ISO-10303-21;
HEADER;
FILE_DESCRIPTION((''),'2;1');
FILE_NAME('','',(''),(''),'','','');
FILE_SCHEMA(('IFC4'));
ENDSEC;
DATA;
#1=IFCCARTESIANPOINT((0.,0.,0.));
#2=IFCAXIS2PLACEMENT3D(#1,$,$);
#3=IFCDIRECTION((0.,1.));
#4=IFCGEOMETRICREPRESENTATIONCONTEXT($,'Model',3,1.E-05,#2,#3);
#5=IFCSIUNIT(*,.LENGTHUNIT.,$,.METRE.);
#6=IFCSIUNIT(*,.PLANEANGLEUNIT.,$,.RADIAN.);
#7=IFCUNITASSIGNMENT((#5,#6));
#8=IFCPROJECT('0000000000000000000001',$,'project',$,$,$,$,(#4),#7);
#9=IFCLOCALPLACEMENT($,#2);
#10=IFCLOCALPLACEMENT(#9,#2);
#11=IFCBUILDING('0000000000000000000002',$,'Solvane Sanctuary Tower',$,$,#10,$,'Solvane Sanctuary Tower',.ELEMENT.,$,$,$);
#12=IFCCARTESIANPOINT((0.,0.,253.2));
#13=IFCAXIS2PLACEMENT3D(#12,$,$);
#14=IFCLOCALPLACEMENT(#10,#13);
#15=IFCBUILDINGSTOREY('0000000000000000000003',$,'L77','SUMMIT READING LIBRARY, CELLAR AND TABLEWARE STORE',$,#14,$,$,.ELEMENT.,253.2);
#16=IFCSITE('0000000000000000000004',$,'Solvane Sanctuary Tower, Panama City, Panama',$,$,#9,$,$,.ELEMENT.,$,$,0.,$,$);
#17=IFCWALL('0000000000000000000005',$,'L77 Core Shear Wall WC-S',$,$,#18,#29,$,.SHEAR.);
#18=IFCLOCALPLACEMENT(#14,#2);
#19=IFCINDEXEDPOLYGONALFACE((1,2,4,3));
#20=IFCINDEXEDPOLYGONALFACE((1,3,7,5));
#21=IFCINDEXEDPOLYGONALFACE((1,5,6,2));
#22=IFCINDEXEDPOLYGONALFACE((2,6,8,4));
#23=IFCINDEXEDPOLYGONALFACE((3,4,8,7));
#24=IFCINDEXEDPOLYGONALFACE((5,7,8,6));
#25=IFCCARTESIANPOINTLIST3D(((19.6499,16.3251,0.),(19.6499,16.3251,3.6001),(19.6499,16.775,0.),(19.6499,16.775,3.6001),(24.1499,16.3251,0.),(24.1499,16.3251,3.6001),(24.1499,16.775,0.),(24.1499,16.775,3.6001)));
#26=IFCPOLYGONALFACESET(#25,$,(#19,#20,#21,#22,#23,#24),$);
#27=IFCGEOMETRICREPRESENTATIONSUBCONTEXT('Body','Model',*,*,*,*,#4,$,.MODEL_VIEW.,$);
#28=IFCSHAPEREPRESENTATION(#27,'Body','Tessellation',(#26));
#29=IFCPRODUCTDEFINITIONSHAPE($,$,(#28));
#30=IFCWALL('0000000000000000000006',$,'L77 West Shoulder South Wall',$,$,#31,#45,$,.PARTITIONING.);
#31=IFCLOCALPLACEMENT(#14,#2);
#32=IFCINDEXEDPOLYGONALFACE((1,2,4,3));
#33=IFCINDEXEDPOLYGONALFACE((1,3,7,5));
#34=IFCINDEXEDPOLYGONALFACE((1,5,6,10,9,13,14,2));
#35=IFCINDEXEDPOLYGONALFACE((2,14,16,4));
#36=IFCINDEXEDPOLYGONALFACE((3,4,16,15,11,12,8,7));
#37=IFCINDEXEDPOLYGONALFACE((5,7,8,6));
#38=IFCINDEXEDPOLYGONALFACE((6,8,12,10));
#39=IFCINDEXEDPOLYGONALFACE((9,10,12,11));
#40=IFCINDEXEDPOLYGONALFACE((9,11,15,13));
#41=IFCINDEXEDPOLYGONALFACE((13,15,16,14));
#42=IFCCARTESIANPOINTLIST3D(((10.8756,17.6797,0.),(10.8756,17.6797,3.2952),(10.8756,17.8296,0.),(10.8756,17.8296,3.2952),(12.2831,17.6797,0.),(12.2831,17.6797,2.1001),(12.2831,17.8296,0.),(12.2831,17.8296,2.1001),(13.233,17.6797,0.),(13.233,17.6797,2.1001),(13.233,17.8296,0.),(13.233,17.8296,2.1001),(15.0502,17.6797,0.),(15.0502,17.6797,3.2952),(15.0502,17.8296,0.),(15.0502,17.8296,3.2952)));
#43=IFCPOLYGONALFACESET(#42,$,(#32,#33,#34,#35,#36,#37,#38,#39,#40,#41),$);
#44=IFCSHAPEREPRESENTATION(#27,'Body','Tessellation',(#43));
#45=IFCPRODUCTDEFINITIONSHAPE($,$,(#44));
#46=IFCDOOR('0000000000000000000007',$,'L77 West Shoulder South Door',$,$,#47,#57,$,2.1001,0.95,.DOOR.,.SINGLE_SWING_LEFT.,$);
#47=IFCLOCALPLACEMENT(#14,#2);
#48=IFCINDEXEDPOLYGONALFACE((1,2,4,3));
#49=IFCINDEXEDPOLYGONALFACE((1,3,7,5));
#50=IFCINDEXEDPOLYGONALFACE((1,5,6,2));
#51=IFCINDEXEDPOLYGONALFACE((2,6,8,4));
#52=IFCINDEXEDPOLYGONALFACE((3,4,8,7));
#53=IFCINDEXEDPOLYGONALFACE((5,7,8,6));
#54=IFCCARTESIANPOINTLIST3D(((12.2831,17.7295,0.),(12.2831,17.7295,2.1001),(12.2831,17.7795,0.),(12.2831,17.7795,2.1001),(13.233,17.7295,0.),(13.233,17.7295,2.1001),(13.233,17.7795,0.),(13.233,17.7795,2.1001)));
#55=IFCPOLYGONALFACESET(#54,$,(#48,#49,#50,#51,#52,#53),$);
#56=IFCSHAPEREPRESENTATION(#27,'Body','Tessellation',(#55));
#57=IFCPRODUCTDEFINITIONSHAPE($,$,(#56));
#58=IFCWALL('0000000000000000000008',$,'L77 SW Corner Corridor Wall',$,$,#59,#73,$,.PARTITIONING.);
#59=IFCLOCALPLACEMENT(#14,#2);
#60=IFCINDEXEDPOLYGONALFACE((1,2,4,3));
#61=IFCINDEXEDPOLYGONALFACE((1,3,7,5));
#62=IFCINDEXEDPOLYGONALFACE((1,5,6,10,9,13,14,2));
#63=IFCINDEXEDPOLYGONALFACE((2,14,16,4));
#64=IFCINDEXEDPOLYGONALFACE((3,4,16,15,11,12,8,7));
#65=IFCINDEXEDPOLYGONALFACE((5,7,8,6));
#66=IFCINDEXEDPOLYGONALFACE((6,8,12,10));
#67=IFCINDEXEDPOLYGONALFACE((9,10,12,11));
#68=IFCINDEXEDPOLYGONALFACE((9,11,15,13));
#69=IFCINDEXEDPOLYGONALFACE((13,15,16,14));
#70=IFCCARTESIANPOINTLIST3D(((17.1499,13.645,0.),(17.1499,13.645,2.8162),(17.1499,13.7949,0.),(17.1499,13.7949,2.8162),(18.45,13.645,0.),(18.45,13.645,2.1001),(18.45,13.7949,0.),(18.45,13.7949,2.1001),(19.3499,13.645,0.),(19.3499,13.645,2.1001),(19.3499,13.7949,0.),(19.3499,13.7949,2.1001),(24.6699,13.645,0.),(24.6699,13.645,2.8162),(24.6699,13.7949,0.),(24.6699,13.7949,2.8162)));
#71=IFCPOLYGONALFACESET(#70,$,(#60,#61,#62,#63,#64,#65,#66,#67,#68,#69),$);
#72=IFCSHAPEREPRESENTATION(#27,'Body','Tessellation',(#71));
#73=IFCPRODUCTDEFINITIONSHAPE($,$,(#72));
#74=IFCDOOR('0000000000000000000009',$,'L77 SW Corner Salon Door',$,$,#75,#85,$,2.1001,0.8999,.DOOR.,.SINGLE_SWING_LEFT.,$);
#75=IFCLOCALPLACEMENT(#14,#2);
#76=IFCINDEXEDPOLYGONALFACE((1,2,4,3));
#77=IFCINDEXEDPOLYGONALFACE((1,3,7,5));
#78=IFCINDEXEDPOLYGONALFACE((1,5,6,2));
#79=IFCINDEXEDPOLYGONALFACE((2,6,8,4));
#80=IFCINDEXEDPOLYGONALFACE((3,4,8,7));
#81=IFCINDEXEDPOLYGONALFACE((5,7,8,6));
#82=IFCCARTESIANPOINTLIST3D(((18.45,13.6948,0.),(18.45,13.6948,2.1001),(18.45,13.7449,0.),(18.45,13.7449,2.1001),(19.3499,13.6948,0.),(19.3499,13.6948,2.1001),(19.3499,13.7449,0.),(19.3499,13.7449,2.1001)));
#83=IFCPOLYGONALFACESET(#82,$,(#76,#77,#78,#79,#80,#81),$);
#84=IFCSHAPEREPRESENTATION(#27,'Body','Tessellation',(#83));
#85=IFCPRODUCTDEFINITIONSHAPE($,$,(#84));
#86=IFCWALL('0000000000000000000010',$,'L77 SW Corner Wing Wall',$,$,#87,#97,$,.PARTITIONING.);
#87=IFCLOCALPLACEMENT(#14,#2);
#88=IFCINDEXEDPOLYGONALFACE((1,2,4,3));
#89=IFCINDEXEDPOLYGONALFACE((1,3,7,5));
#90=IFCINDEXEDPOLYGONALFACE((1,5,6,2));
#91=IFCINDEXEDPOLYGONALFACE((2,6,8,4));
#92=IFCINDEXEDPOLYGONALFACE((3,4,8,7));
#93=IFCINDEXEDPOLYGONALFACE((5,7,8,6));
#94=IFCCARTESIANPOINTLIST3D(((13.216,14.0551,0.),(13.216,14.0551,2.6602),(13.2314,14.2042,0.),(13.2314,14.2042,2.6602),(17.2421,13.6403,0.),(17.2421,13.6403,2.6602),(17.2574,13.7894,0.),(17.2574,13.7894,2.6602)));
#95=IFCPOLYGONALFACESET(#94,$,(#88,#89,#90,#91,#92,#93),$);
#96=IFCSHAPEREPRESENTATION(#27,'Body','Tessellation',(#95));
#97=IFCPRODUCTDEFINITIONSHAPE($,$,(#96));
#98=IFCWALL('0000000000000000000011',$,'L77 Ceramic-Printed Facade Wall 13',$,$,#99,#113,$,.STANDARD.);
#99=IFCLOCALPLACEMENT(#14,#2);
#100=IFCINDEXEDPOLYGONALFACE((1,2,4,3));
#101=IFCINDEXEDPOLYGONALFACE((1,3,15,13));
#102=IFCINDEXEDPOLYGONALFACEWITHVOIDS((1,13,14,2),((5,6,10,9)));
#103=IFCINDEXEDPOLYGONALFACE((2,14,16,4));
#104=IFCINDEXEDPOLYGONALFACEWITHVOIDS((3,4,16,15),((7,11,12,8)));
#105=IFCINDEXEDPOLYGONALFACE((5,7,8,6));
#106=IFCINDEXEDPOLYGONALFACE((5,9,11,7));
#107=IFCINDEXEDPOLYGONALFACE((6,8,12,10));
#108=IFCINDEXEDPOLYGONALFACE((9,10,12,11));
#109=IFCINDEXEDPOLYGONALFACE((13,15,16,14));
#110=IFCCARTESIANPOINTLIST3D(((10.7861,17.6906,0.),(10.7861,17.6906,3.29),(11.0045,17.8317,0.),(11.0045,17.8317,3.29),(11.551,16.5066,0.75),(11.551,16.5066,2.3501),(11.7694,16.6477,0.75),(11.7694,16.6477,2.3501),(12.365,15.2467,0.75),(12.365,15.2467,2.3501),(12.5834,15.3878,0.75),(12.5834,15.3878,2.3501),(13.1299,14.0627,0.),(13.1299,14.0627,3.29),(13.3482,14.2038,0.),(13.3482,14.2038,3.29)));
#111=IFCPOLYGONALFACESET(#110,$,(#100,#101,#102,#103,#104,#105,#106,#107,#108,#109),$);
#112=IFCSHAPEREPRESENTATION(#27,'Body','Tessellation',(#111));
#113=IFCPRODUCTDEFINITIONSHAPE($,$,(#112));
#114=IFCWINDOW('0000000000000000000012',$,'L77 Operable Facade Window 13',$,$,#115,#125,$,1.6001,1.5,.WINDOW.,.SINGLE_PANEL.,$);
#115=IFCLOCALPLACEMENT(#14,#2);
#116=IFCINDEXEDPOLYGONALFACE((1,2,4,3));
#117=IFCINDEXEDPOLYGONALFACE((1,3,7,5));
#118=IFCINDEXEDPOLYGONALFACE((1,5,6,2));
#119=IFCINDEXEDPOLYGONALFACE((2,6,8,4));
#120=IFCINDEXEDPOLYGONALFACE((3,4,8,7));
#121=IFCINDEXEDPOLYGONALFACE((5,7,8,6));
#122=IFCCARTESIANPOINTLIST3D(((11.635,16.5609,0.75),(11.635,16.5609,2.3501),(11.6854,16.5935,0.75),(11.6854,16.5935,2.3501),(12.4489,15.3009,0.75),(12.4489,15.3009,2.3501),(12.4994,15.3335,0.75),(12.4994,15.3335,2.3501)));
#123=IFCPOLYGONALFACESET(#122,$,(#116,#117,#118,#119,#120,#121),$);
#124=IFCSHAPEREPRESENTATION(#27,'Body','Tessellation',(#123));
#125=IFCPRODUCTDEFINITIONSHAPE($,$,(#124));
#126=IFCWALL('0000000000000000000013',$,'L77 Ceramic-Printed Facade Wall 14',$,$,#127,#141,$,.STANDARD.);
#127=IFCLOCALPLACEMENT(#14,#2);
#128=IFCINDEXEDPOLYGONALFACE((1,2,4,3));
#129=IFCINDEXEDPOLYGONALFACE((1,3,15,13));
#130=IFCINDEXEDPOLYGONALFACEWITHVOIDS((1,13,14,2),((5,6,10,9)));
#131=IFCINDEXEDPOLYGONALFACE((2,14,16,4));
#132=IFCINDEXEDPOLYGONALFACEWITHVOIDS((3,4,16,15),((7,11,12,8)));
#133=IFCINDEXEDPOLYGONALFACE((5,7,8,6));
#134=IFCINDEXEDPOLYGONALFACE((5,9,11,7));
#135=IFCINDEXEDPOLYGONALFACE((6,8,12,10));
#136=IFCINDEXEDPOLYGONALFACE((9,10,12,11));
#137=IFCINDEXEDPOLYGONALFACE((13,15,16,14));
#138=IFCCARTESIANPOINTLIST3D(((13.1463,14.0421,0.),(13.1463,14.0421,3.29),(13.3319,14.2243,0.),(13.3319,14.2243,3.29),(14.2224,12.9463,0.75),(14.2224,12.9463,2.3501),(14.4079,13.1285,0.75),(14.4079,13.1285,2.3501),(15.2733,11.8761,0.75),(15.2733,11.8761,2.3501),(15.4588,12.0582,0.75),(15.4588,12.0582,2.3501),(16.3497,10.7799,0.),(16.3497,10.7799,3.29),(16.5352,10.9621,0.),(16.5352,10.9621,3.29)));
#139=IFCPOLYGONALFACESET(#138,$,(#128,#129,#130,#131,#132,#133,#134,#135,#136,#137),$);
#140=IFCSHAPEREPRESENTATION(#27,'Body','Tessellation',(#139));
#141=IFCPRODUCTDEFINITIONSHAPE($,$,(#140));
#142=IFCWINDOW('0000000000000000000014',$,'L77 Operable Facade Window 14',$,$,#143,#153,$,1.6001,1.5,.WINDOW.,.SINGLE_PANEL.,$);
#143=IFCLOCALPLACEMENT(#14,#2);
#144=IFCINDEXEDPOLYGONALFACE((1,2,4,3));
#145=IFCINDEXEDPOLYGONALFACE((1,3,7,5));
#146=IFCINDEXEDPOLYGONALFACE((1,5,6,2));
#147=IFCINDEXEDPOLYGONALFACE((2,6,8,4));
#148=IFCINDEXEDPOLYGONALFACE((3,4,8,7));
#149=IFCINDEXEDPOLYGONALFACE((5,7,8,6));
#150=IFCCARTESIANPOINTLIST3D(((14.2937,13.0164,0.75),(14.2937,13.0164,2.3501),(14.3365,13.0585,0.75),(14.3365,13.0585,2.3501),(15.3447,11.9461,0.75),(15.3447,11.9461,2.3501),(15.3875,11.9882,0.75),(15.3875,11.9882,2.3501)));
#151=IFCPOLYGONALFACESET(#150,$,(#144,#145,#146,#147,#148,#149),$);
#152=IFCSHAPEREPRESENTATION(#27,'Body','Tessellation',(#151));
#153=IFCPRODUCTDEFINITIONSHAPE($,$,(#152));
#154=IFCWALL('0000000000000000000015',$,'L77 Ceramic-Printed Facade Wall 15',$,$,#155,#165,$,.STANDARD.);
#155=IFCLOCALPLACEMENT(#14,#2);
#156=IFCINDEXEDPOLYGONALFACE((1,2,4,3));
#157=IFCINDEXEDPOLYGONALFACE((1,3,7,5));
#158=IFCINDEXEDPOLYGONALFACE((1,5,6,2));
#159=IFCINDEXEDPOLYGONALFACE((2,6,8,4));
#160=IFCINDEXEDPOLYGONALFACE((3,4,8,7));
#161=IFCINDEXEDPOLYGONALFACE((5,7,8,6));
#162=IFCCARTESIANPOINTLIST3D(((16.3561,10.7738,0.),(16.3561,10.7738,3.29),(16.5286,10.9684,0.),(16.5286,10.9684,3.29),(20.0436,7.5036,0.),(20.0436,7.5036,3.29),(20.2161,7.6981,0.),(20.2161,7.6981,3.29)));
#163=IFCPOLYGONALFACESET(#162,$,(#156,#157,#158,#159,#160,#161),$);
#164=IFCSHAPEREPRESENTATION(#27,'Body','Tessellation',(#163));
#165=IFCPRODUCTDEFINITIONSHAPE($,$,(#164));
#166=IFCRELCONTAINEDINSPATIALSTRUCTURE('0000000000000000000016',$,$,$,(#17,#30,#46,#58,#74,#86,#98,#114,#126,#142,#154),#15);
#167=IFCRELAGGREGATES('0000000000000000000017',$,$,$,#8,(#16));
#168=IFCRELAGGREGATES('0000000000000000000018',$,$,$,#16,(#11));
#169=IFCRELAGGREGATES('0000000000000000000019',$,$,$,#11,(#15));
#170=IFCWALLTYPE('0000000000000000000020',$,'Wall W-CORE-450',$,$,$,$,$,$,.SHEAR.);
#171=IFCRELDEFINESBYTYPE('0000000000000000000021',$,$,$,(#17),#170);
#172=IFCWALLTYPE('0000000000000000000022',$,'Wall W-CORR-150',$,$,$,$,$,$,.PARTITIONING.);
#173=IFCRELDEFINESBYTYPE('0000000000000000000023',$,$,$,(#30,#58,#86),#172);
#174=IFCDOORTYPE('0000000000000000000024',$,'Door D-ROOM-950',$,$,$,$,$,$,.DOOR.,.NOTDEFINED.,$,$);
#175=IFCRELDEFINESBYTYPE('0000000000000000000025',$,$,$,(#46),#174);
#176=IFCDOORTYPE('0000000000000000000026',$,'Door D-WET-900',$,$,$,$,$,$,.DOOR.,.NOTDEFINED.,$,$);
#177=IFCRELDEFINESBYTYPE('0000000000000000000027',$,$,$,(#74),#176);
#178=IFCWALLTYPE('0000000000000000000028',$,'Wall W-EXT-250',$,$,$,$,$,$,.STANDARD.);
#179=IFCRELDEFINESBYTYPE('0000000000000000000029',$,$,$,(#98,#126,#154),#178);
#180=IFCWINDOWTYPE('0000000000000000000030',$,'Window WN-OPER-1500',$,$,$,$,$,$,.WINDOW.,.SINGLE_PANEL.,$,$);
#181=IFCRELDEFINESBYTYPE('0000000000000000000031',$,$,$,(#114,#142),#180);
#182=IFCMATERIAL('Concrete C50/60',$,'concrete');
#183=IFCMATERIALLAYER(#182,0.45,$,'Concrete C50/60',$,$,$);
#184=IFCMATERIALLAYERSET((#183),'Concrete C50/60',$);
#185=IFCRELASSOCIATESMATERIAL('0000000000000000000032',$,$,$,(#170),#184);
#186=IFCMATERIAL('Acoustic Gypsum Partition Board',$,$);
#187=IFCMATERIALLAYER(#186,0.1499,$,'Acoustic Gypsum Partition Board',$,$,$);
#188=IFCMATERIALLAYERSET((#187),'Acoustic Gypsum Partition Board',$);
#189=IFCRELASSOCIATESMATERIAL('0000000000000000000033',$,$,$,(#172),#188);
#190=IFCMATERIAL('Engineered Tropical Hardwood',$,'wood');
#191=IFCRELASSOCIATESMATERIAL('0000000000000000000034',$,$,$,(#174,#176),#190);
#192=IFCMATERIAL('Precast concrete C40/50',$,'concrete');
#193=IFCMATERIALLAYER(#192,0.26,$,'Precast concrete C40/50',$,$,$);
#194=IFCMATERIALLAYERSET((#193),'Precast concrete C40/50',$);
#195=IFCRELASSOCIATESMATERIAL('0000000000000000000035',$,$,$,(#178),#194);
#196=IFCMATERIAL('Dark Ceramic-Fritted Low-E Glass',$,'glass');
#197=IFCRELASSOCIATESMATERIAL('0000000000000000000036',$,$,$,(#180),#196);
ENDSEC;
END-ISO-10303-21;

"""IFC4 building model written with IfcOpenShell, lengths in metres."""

from ifc_helpers import new_model, si_unit, direction, frame, frame_2d, origin, place, context, subcontext, project, spatial, rectangle, extrude, material, layer, layer_set, type_object, element, fill, save


model = new_model("IFC4")

# Units and contexts
model_context = context("Model", 3, precision=1e-05, world=origin(), true_north=direction((0.0, 1.0)))
body_context = subcontext(model_context, "Body", "Model", "MODEL_VIEW")
ifc_project = project(units=[si_unit("LENGTHUNIT", "METRE"), si_unit("PLANEANGLEUNIT", "RADIAN")], contexts=[model_context])

# Site, building, storey
site_placement = place(None, origin())
site = spatial("IfcSite", under=ifc_project, at=site_placement, Name="Solvane Sanctuary Tower, Panama City, Panama", CompositionType="ELEMENT", RefElevation=0.0)
building_placement = place(site_placement, origin())
building = spatial("IfcBuilding", under=site, at=building_placement, Name="Solvane Sanctuary Tower", LongName="Solvane Sanctuary Tower", CompositionType="ELEMENT")
storey_placement = place(building_placement, frame((0.0, 0.0, 253.2)))
storey = spatial("IfcBuildingStorey", under=building, at=storey_placement, Name="L77", Description="SUMMIT READING LIBRARY, CELLAR AND TABLEWARE STORE", CompositionType="ELEMENT", Elevation=253.2)

# Wall
ifc_material_1 = material(Name="Concrete C50/60", Category="concrete")
ifc_layer_1 = layer(ifc_material_1, 0.45, Name="Concrete C50/60")
ifc_layer_set_1 = layer_set([ifc_layer_1], Name="Concrete C50/60")
wall_type_1 = type_object("IfcWallType", Name="Wall W-CORE-450", PredefinedType="SHEAR", material=ifc_layer_set_1)
wall_1_placement = place(storey_placement, frame((19.6499, 16.55, 0.0), z_axis=(0.0, 0.0, 1.0), x_axis=(1.0, 0.0, 0.0)))
element("IfcWall", 1, at=wall_1_placement, inside=storey, type_object=wall_type_1, Name="L77 Core Shear Wall WC-S", PredefinedType="SHEAR", context=body_context, shape_type="SweptSolid", body=[
    extrude(rectangle(XDim=4.5, YDim=0.45, at=frame_2d((2.25, 0.0))), origin(), (0.0, 0.0, 1.0), 3.6001),
])

# Walls, openings, doors
ifc_material_2 = material(Name="Acoustic Gypsum Partition Board")
ifc_layer_2 = layer(ifc_material_2, 0.1499, Name="Acoustic Gypsum Partition Board")
ifc_layer_set_2 = layer_set([ifc_layer_2], Name="Acoustic Gypsum Partition Board")
wall_type_2 = type_object("IfcWallType", Name="Wall W-CORR-150", PredefinedType="PARTITIONING", material=ifc_layer_set_2)
wall_2_placement = place(storey_placement, frame((10.8755, 17.7546, 0.0), z_axis=(0.0, 0.0, 1.0), x_axis=(1.0, 0.0, 0.0)))
wall_2 = element("IfcWall", 2, at=wall_2_placement, inside=storey, type_object=wall_type_2, Name="L77 West Shoulder South Wall", PredefinedType="PARTITIONING", context=body_context, shape_type="SweptSolid", body=[
    extrude(rectangle(XDim=4.1746, YDim=0.1499, at=frame_2d((2.0874, 0.0))), origin(), (0.0, 0.0, 1.0), 3.2952),
])
opening_1_placement = place(wall_2_placement, frame((1.4075, 0.0, 0.0)))
opening_1 = element("IfcOpeningElement", 3, at=opening_1_placement, cuts=wall_2, PredefinedType="OPENING", context=body_context, shape_type="SweptSolid", body=[
    extrude(rectangle(XDim=0.95, YDim=2.1001, at=frame_2d((0.4751, 1.05))), frame((0.0, 0.085, 0.0), z_axis=(0.0, -1.0, 0.0), x_axis=(1.0, 0.0, 0.0)), (0.0, 0.0, 1.0), 0.1699),
])
ifc_material_3 = material(Name="Engineered Tropical Hardwood", Category="wood")
door_type_1 = type_object("IfcDoorType", Name="Door D-ROOM-950", OperationType="NOTDEFINED", PredefinedType="DOOR", material=ifc_material_3)
door_1_placement = place(opening_1_placement, origin())
door_1 = element("IfcDoor", 4, at=door_1_placement, inside=storey, type_object=door_type_1, Name="L77 West Shoulder South Door", OperationType="SINGLE_SWING_LEFT", OverallHeight=2.1001, OverallWidth=0.95, PredefinedType="DOOR", context=body_context, shape_type="SweptSolid", body=[
    extrude(rectangle(XDim=0.95, YDim=2.1001, at=frame_2d((0.4751, 1.05))), frame((0.0, 0.0249, 0.0), z_axis=(0.0, -1.0, 0.0), x_axis=(1.0, 0.0, 0.0)), (0.0, 0.0, 1.0), 0.05),
])
fill(opening_1, door_1)
wall_3_placement = place(storey_placement, frame((17.1499, 13.72, 0.0), z_axis=(0.0, 0.0, 1.0), x_axis=(1.0, 0.0, 0.0)))
wall_3 = element("IfcWall", 5, at=wall_3_placement, inside=storey, type_object=wall_type_2, Name="L77 SW Corner Corridor Wall", PredefinedType="PARTITIONING", context=body_context, shape_type="SweptSolid", body=[
    extrude(rectangle(XDim=7.52, YDim=0.1499, at=frame_2d((3.76, 0.0))), origin(), (0.0, 0.0, 1.0), 2.8162),
])
opening_2_placement = place(wall_3_placement, frame((1.3, 0.0, 0.0)))
opening_2 = element("IfcOpeningElement", 6, at=opening_2_placement, cuts=wall_3, PredefinedType="OPENING", context=body_context, shape_type="SweptSolid", body=[
    extrude(rectangle(XDim=0.8999, YDim=2.1001, at=frame_2d((0.45, 1.05))), frame((0.0, 0.085, 0.0), z_axis=(0.0, -1.0, 0.0), x_axis=(1.0, 0.0, 0.0)), (0.0, 0.0, 1.0), 0.1699),
])
door_type_2 = type_object("IfcDoorType", Name="Door D-WET-900", OperationType="NOTDEFINED", PredefinedType="DOOR", material=ifc_material_3)
door_2_placement = place(opening_2_placement, origin())
door_2 = element("IfcDoor", 7, at=door_2_placement, inside=storey, type_object=door_type_2, Name="L77 SW Corner Salon Door", OperationType="SINGLE_SWING_LEFT", OverallHeight=2.1001, OverallWidth=0.8999, PredefinedType="DOOR", context=body_context, shape_type="SweptSolid", body=[
    extrude(rectangle(XDim=0.8999, YDim=2.1001, at=frame_2d((0.45, 1.05))), frame((0.0, 0.0249, 0.0), z_axis=(0.0, -1.0, 0.0), x_axis=(1.0, 0.0, 0.0)), (0.0, 0.0, 1.0), 0.05),
])
fill(opening_2, door_2)

# Wall
wall_4_placement = place(storey_placement, frame((17.2498, 13.7148, 0.0), z_axis=(0.0, 0.0, 1.0), x_axis=(-0.994735, 0.102483, 0.0)))
element("IfcWall", 8, at=wall_4_placement, inside=storey, type_object=wall_type_2, Name="L77 SW Corner Wing Wall", PredefinedType="PARTITIONING", context=body_context, shape_type="SweptSolid", body=[
    extrude(rectangle(XDim=4.0474, YDim=0.1499, at=frame_2d((2.0237, 0.0))), origin(), (0.0, 0.0, 1.0), 2.6602),
])

# Walls, openings, windows
ifc_material_4 = material(Name="Precast concrete C40/50", Category="concrete")
ifc_layer_3 = layer(ifc_material_4, 0.26, Name="Precast concrete C40/50")
ifc_layer_set_3 = layer_set([ifc_layer_3], Name="Precast concrete C40/50")
wall_type_3 = type_object("IfcWallType", Name="Wall W-EXT-250", PredefinedType="STANDARD", material=ifc_layer_set_3)
wall_5_placement = place(storey_placement, frame((10.8953, 17.7612, 0.0), z_axis=(0.0, 0.0, 1.0), x_axis=(0.542642, -0.839964, 0.0)))
wall_5 = element("IfcWall", 9, at=wall_5_placement, inside=storey, type_object=wall_type_3, Name="L77 Ceramic-Printed Facade Wall 13", PredefinedType="STANDARD", context=body_context, shape_type="SweptSolid", body=[
    extrude(rectangle(XDim=4.3191, YDim=0.26, at=frame_2d((2.1597, 0.0))), origin(), (0.0, 0.0, 1.0), 3.29),
])
opening_3_placement = place(wall_5_placement, frame((1.4097, 0.0, 0.75)))
opening_3 = element("IfcOpeningElement", 10, at=opening_3_placement, cuts=wall_5, PredefinedType="OPENING", context=body_context, shape_type="SweptSolid", body=[
    extrude(rectangle(XDim=1.5, YDim=1.6001, at=frame_2d((0.75, 0.8))), frame((0.0, 0.1399, 0.0), z_axis=(0.0, -1.0, 0.0), x_axis=(1.0, 0.0, 0.0)), (0.0, 0.0, 1.0), 0.28),
])
ifc_material_5 = material(Name="Dark Ceramic-Fritted Low-E Glass", Category="glass")
window_type = type_object("IfcWindowType", Name="Window WN-OPER-1500", PartitioningType="SINGLE_PANEL", PredefinedType="WINDOW", material=ifc_material_5)
window_1_placement = place(opening_3_placement, origin())
window_1 = element("IfcWindow", 11, at=window_1_placement, inside=storey, type_object=window_type, Name="L77 Operable Facade Window 13", OverallHeight=1.6001, OverallWidth=1.5, PartitioningType="SINGLE_PANEL", PredefinedType="WINDOW", context=body_context, shape_type="SweptSolid", body=[
    extrude(rectangle(XDim=1.5, YDim=1.6001, at=frame_2d((0.75, 0.8))), frame((0.0, 0.03, 0.0), z_axis=(0.0, -1.0, 0.0), x_axis=(1.0, 0.0, 0.0)), (0.0, 0.0, 1.0), 0.0601),
])
fill(opening_3, window_1)
wall_6_placement = place(storey_placement, frame((13.239, 14.1333, 0.0), z_axis=(0.0, 0.0, 1.0), x_axis=(0.700643, -0.713512, 0.0)))
wall_6 = element("IfcWall", 12, at=wall_6_placement, inside=storey, type_object=wall_type_3, Name="L77 Ceramic-Printed Facade Wall 14", PredefinedType="STANDARD", context=body_context, shape_type="SweptSolid", body=[
    extrude(rectangle(XDim=4.572, YDim=0.26, at=frame_2d((2.2861, 0.0))), origin(), (0.0, 0.0, 1.0), 3.29),
])
opening_4_placement = place(wall_6_placement, frame((1.5359, 0.0, 0.75)))
opening_4 = element("IfcOpeningElement", 13, at=opening_4_placement, cuts=wall_6, PredefinedType="OPENING", context=body_context, shape_type="SweptSolid", body=[
    extrude(rectangle(XDim=1.5, YDim=1.6001, at=frame_2d((0.75, 0.8))), frame((0.0, 0.1399, 0.0), z_axis=(0.0, -1.0, 0.0), x_axis=(1.0, 0.0, 0.0)), (0.0, 0.0, 1.0), 0.28),
])
window_2_placement = place(opening_4_placement, origin())
window_2 = element("IfcWindow", 14, at=window_2_placement, inside=storey, type_object=window_type, Name="L77 Operable Facade Window 14", OverallHeight=1.6001, OverallWidth=1.5, PartitioningType="SINGLE_PANEL", PredefinedType="WINDOW", context=body_context, shape_type="SweptSolid", body=[
    extrude(rectangle(XDim=1.5, YDim=1.6001, at=frame_2d((0.75, 0.8))), frame((0.0, 0.03, 0.0), z_axis=(0.0, -1.0, 0.0), x_axis=(1.0, 0.0, 0.0)), (0.0, 0.0, 1.0), 0.0601),
])
fill(opening_4, window_2)

# Wall
wall_7_placement = place(storey_placement, frame((16.4424, 10.8711, 0.0), z_axis=(0.0, 0.0, 1.0), x_axis=(0.748166, -0.663512, 0.0)))
element("IfcWall", 15, at=wall_7_placement, inside=storey, type_object=wall_type_3, Name="L77 Ceramic-Printed Facade Wall 15", PredefinedType="STANDARD", context=body_context, shape_type="SweptSolid", body=[
    extrude(rectangle(XDim=4.9287, YDim=0.26, at=frame_2d((2.4644, 0.0))), origin(), (0.0, 0.0, 1.0), 3.29),
])

save(model, "model.ifc")
